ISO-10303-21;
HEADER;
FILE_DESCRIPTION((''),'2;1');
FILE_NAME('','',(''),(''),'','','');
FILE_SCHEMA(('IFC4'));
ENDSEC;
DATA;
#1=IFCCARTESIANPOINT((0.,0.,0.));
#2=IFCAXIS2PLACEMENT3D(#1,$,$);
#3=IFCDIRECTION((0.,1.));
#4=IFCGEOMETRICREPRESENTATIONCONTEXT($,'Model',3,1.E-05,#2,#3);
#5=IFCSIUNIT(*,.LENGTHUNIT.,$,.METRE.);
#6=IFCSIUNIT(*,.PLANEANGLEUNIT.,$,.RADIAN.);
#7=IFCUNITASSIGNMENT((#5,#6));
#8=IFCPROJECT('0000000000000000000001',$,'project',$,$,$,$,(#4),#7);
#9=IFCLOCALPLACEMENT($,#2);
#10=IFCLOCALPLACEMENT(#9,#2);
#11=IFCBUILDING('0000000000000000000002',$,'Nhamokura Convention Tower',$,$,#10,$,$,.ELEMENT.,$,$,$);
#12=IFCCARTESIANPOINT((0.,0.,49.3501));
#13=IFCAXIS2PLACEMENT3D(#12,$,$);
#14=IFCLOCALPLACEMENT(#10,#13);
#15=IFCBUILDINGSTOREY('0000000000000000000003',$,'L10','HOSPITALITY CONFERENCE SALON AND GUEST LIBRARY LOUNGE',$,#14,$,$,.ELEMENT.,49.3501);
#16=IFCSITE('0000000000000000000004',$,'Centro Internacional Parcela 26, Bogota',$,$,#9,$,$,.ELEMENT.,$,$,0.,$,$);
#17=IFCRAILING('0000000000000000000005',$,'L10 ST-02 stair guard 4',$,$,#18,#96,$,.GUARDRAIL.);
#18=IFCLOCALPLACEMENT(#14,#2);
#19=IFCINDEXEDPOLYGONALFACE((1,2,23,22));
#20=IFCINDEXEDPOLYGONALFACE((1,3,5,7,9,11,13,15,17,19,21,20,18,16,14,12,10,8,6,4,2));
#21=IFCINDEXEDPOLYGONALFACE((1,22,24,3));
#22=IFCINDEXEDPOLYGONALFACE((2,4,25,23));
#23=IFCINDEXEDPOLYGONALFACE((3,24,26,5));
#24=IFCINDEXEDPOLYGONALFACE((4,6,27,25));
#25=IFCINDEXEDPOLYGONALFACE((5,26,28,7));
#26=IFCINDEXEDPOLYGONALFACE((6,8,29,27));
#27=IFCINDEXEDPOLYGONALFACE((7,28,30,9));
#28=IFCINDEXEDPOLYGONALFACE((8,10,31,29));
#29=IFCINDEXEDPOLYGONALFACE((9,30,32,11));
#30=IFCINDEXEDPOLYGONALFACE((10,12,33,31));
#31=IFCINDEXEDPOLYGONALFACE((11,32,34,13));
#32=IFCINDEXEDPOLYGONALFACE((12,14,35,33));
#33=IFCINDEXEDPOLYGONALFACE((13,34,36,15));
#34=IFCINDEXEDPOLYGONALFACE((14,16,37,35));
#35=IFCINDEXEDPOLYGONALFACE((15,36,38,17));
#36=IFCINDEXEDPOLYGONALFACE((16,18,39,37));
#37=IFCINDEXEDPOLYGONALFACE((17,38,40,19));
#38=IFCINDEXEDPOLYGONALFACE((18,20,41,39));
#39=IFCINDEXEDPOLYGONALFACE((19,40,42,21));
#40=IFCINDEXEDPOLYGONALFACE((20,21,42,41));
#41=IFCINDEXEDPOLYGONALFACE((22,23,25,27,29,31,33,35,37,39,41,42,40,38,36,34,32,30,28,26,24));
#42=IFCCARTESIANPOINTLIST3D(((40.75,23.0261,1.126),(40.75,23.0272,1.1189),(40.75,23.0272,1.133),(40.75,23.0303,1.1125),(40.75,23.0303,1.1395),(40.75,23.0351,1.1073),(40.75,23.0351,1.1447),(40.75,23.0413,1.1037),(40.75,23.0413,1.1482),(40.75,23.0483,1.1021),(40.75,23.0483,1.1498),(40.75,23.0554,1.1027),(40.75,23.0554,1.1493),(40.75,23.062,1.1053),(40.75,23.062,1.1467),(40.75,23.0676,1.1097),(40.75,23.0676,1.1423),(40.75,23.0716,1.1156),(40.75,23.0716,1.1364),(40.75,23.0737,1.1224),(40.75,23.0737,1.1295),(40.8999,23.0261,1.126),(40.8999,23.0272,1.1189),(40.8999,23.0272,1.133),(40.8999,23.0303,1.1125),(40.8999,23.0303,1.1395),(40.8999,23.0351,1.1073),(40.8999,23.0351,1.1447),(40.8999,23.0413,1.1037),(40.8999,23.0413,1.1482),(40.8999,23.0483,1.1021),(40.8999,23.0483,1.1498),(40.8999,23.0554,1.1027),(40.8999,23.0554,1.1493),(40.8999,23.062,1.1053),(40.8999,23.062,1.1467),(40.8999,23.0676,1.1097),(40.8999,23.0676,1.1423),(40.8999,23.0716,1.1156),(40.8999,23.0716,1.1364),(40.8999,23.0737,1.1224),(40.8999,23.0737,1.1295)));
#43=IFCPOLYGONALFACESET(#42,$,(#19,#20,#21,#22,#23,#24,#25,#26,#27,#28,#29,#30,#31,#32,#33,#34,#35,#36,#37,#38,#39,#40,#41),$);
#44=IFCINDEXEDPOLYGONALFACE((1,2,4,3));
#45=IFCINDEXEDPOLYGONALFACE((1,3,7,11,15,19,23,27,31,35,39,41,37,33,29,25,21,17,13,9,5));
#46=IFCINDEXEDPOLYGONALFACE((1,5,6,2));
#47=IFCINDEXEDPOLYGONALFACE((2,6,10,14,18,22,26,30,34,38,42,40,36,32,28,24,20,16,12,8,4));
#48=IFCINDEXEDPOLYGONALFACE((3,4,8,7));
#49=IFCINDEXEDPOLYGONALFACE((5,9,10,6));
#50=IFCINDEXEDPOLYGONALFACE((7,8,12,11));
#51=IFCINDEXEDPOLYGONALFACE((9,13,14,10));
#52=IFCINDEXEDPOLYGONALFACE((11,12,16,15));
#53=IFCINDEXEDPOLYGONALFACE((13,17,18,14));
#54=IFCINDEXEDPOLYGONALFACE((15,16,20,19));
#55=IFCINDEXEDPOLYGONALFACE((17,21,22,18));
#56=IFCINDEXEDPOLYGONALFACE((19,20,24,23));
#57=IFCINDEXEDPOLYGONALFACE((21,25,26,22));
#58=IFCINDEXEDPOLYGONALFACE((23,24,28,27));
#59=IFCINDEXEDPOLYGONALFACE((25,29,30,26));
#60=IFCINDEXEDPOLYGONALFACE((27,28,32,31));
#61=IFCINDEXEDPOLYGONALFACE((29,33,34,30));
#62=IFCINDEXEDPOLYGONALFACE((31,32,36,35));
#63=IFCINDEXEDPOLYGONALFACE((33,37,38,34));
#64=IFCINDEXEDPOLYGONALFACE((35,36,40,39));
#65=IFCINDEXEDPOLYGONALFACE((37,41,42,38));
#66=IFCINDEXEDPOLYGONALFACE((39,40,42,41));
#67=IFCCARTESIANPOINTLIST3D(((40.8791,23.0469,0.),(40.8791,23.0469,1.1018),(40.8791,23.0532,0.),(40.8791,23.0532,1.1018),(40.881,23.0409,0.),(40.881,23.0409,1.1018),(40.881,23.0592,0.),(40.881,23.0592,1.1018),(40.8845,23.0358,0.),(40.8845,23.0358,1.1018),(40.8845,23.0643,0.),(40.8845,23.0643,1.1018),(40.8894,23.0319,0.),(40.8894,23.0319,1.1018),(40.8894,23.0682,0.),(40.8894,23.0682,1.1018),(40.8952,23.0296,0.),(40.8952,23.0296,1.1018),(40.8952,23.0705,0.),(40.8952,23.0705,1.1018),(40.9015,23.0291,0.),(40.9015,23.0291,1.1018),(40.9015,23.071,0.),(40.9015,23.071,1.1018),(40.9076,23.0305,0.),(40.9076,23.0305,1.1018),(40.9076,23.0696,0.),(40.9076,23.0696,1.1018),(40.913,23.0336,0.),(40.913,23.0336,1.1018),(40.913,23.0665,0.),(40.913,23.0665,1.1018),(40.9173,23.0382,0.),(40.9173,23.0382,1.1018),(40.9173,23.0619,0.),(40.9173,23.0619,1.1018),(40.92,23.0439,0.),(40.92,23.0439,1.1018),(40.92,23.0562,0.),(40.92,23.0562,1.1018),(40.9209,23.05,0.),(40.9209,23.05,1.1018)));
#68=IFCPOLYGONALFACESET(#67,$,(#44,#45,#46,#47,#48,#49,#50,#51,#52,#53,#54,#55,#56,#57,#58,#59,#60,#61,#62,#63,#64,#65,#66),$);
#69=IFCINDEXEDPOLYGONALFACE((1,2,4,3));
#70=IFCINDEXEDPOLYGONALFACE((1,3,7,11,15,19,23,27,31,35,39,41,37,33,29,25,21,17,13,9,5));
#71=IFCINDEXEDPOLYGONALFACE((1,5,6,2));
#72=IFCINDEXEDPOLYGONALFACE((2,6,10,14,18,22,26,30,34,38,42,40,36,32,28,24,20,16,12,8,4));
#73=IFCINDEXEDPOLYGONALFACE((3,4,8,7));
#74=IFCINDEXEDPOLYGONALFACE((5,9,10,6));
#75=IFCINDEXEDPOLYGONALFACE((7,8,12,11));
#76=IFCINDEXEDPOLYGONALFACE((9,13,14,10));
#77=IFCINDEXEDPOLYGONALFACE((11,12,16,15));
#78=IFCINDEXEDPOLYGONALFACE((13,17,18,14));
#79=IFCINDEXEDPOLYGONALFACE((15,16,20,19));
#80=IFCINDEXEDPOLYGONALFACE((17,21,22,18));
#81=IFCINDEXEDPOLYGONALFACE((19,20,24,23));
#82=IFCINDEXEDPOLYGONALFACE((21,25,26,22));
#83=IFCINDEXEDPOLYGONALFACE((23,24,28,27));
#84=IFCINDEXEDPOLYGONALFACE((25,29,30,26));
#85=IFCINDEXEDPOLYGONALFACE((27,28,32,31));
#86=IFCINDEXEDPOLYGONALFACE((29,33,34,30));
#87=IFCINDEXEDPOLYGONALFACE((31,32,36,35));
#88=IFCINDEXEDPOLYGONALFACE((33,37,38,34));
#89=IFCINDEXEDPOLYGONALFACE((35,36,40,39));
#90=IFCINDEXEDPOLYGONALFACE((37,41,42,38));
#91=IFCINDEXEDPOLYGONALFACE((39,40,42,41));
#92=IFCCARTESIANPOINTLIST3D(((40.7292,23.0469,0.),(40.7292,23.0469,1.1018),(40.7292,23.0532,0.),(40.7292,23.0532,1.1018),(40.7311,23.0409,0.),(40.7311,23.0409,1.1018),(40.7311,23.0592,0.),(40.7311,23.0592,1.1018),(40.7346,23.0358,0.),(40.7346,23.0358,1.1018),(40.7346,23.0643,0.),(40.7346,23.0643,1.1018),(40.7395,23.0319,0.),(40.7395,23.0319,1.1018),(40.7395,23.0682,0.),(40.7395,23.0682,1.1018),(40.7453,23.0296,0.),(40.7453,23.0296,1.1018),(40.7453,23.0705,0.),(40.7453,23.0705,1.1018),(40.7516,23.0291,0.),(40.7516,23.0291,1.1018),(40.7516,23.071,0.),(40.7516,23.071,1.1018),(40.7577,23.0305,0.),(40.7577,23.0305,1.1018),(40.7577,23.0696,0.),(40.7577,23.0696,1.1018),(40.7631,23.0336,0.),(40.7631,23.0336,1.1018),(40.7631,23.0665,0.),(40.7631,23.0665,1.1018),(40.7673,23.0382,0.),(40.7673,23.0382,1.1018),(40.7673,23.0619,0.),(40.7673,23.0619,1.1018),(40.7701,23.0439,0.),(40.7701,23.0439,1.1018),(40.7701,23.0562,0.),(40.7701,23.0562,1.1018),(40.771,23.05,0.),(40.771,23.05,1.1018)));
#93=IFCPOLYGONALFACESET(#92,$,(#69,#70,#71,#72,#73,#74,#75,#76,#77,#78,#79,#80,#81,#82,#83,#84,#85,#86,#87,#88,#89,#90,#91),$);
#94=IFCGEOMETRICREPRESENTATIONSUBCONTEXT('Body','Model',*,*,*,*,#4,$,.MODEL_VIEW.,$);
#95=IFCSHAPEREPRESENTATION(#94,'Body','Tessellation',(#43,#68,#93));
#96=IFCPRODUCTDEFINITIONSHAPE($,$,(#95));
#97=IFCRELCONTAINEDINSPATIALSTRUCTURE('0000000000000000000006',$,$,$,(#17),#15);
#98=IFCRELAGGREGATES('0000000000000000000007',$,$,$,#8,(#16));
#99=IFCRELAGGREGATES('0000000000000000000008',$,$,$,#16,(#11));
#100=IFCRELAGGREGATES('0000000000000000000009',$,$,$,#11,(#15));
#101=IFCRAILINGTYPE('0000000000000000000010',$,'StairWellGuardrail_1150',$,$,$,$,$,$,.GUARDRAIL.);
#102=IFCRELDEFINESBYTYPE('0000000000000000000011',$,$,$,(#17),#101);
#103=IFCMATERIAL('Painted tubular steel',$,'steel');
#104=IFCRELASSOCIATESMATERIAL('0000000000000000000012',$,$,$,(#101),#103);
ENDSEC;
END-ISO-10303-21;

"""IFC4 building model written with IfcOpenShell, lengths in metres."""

from ifc_helpers import new_model, si_unit, direction, frame, origin, origin_2d, place, context, subcontext, project, spatial, circle, extrude, material, type_object, element, save


model = new_model("IFC4")

# Units and contexts
model_context = context("Model", 3, precision=1e-05, world=origin(), true_north=direction((0.0, 1.0)))
body_context = subcontext(model_context, "Body", "Model", "MODEL_VIEW")
ifc_project = project(units=[si_unit("LENGTHUNIT", "METRE"), si_unit("PLANEANGLEUNIT", "RADIAN")], contexts=[model_context])

# Site, building, storey
site_placement = place(None, origin())
site = spatial("IfcSite", under=ifc_project, at=site_placement, Name="Centro Internacional Parcela 26, Bogota", CompositionType="ELEMENT", RefElevation=0.0)
building_placement = place(site_placement, origin())
building = spatial("IfcBuilding", under=site, at=building_placement, Name="Nhamokura Convention Tower", CompositionType="ELEMENT")
storey_placement = place(building_placement, frame((0.0, 0.0, 49.3501)))
storey = spatial("IfcBuildingStorey", under=building, at=storey_placement, Name="L10", Description="HOSPITALITY CONFERENCE SALON AND GUEST LIBRARY LOUNGE", CompositionType="ELEMENT", Elevation=49.3501)

# Railing
ifc_material_1 = material(Name="Painted tubular steel", Category="steel")
railing_type_1 = type_object("IfcRailingType", Name="StairWellGuardrail_1150", PredefinedType="GUARDRAIL", material=ifc_material_1)
railing_1_placement = place(storey_placement, frame((40.8999, 23.05, 0.0)))
element("IfcRailing", 1, at=railing_1_placement, inside=storey, type_object=railing_type_1, Name="L10 ST-02 stair guard 4", PredefinedType="GUARDRAIL", context=body_context, shape_type="SweptSolid", body=[
    extrude(circle(Radius=0.0239, at=origin_2d()), frame((0.0, 0.0, 1.126), z_axis=(-1.0, 0.0, 0.0), x_axis=(0.0, -1.0, 0.0)), (0.0, 0.0, 1.0), 0.1499),
    extrude(circle(Radius=0.021, at=origin_2d()), origin(), (0.0, 0.0, 1.0), 1.1018),
    extrude(circle(Radius=0.021, at=origin_2d()), frame((-0.1499, 0.0, 0.0)), (0.0, 0.0, 1.0), 1.1018),
])

save(model, "model.ifc")
